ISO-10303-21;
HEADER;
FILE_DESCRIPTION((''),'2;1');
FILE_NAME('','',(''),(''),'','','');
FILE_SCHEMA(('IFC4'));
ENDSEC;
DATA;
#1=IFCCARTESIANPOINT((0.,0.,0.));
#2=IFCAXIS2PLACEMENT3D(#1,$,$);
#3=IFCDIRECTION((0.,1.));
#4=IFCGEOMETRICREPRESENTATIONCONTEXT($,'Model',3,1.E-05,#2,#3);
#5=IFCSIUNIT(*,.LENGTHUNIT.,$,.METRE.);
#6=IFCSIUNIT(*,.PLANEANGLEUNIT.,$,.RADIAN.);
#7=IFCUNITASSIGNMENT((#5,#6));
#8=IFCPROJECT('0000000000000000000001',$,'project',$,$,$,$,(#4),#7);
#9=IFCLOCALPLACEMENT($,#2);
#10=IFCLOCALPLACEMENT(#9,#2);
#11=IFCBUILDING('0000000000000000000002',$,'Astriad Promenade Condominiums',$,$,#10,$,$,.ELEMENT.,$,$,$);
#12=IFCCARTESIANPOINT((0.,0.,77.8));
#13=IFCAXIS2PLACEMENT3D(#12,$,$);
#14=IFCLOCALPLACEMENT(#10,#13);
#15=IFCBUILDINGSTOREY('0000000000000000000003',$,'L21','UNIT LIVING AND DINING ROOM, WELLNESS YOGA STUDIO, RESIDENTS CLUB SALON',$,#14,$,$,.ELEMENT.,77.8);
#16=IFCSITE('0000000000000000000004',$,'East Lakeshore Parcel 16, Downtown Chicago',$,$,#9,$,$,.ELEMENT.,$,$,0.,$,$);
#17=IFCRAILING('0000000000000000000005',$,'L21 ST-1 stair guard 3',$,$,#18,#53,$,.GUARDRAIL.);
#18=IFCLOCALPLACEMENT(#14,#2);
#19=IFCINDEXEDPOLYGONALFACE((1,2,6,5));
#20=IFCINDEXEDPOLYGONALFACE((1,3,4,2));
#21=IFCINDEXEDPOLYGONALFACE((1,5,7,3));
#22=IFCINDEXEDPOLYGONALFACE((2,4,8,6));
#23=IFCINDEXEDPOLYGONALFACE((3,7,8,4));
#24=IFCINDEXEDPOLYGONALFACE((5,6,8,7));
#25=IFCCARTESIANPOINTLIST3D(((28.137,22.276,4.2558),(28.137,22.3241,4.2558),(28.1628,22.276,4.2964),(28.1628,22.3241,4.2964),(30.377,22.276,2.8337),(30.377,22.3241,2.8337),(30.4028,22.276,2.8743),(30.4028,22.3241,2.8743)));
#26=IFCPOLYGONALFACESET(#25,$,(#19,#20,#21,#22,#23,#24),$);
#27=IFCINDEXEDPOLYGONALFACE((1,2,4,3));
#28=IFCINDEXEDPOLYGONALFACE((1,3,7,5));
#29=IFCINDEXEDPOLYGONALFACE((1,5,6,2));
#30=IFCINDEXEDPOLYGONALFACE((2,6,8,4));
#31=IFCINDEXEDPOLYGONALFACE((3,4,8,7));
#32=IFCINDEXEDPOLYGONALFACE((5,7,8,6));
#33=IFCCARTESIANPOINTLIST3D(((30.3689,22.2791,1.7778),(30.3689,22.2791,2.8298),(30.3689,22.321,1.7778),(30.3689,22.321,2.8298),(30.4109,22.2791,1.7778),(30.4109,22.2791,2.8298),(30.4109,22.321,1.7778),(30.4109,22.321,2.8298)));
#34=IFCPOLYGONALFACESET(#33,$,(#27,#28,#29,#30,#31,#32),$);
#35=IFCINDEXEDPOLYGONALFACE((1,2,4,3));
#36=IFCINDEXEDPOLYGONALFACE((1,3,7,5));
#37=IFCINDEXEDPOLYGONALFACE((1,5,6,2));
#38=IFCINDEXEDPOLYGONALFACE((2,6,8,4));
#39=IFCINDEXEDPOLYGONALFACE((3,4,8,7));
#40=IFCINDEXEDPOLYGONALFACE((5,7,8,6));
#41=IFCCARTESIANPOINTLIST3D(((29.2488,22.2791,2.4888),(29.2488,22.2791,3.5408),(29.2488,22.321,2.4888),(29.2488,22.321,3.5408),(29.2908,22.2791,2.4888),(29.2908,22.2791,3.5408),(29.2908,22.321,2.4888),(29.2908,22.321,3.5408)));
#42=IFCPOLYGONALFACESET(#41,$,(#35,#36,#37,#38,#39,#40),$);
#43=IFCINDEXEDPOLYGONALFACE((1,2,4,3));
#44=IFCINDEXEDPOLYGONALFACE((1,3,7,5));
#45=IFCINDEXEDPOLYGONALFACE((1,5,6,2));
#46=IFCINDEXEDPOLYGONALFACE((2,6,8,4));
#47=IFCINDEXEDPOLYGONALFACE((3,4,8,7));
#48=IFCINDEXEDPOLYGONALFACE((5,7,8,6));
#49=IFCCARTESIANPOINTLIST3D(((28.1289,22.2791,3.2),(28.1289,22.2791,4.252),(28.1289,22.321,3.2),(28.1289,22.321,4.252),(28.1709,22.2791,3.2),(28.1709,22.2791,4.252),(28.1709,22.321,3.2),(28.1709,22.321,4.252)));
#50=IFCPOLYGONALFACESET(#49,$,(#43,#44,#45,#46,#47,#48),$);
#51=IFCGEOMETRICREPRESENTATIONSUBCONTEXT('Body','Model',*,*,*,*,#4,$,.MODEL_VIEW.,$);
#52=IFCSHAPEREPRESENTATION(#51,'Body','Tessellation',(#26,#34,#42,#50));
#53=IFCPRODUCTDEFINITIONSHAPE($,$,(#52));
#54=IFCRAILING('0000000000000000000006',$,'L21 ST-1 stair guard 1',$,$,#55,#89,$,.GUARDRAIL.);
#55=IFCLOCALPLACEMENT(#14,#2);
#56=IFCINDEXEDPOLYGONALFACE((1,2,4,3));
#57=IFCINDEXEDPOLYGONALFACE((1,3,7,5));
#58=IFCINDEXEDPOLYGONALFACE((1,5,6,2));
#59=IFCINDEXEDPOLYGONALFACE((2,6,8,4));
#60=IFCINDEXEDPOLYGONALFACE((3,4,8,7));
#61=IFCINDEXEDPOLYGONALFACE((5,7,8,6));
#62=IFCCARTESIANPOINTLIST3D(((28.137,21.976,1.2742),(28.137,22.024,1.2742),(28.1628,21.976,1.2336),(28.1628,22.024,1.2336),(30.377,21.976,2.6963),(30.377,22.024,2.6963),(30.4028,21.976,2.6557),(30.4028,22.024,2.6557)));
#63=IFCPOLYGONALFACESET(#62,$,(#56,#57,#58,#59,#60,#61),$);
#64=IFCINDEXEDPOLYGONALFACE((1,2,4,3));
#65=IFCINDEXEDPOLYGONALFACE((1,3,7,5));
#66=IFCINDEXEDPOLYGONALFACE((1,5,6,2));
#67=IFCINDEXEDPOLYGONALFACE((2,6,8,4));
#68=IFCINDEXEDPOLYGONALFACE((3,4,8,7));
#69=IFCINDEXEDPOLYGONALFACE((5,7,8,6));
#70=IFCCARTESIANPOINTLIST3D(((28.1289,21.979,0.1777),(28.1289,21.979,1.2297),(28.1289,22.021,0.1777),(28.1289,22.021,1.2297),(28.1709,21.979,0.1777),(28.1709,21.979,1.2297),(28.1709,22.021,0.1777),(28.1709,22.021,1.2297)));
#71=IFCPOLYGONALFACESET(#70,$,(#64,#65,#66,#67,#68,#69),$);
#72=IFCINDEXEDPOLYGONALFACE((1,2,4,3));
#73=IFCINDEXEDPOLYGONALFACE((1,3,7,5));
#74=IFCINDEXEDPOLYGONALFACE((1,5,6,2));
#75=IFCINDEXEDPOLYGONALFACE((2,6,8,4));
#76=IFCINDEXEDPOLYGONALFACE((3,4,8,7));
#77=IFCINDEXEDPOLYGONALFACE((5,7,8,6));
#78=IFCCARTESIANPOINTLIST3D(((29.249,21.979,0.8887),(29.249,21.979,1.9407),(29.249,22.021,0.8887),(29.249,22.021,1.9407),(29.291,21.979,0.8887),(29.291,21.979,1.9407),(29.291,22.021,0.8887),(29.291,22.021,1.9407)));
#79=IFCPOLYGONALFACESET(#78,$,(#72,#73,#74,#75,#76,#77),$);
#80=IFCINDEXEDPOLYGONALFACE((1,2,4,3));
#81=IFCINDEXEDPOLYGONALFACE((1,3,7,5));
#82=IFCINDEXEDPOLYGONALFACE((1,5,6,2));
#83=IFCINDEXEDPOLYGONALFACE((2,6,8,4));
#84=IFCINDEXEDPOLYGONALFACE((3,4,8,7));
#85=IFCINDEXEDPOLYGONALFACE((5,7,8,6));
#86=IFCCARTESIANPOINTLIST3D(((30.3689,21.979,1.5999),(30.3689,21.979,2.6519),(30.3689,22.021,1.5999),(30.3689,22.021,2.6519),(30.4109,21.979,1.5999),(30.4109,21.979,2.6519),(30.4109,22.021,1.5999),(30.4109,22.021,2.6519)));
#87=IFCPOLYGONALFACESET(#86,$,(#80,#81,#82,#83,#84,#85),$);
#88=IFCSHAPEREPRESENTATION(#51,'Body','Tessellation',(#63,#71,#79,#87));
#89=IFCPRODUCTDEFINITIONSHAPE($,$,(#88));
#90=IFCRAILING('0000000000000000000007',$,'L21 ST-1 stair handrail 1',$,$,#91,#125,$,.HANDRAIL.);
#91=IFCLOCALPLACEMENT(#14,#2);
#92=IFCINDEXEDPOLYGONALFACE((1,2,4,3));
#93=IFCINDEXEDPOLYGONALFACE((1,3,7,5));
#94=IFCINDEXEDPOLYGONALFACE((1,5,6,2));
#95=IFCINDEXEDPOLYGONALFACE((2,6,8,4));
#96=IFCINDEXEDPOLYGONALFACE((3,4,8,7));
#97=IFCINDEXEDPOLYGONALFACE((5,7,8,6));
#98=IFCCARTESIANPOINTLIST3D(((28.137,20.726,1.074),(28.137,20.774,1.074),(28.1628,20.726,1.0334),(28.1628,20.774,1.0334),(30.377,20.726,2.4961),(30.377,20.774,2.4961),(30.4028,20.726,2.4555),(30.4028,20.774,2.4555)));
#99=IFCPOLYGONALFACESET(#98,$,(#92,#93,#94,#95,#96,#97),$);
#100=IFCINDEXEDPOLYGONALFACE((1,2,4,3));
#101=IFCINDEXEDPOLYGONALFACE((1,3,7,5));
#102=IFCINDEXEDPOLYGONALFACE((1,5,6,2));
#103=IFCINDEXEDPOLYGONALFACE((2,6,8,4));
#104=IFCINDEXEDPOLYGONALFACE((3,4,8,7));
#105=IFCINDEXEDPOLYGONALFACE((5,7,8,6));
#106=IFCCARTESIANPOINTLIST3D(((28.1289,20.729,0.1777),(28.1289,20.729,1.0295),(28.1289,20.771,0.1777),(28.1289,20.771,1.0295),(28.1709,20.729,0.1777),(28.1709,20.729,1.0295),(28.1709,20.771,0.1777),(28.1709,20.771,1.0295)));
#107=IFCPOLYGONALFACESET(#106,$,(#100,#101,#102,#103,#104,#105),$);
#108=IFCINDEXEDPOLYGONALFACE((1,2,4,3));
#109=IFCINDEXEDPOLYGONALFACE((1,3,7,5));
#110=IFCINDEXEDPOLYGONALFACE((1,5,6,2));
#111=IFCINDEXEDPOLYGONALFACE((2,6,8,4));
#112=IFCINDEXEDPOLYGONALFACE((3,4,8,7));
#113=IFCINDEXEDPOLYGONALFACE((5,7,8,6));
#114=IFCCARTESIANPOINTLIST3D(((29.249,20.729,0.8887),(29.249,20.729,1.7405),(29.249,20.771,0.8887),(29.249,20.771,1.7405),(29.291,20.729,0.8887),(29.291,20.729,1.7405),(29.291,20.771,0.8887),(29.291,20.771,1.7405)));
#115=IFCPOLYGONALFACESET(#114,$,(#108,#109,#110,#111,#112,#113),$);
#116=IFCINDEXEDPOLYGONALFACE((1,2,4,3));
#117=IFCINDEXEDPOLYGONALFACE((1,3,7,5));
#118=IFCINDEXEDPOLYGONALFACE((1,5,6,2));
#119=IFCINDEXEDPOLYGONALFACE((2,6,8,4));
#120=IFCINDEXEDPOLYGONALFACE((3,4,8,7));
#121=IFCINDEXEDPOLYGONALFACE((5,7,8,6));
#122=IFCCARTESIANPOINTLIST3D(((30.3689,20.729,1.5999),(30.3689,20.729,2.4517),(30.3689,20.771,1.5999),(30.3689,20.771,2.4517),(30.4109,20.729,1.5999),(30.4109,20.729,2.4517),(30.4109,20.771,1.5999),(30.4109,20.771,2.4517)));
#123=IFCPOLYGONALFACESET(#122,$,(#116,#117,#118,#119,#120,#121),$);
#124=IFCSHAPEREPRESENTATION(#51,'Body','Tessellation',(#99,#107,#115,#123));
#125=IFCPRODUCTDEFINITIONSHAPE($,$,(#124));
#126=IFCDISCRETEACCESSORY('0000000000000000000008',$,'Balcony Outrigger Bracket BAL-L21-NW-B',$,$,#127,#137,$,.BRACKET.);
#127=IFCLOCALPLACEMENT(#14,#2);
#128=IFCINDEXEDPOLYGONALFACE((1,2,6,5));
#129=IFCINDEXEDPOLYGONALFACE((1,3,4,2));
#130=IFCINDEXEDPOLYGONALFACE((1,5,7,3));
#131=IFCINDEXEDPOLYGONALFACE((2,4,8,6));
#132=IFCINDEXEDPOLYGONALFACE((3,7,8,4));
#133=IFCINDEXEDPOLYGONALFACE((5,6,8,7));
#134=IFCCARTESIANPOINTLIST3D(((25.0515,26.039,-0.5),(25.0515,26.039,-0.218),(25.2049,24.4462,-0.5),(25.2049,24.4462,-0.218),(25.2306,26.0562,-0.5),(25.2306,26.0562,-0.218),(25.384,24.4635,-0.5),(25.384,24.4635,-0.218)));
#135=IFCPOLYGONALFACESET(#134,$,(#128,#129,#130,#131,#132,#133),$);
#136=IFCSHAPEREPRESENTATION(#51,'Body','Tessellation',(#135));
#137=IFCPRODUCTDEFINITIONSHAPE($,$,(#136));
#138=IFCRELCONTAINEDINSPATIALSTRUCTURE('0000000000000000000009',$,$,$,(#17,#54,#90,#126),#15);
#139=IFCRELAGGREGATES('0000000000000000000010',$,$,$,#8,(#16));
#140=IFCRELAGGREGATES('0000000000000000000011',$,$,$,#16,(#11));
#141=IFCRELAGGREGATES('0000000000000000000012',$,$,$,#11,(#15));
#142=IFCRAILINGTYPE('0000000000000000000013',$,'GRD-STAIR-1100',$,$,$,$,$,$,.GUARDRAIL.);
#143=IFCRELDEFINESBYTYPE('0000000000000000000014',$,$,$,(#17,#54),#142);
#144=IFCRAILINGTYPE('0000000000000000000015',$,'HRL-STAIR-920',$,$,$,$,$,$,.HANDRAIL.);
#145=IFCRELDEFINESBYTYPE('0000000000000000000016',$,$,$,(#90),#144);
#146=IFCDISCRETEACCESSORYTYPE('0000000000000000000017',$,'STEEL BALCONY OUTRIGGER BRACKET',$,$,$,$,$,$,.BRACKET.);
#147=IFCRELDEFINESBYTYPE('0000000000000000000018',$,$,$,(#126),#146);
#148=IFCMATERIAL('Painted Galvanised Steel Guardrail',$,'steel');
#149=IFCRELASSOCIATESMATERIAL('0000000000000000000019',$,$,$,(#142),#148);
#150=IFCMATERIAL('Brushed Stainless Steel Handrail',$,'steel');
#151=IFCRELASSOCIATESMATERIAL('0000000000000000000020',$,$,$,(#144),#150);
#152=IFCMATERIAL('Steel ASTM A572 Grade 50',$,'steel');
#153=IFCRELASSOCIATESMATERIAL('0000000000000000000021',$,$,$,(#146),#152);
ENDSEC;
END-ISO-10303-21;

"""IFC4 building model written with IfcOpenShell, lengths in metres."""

from ifc_helpers import new_model, si_unit, direction, frame, origin, origin_2d, place, context, subcontext, project, spatial, rectangle, extrude, source, transform, mapped, material, type_object, type_shapes, element, save


model = new_model("IFC4")

# Units and contexts
model_context = context("Model", 3, precision=1e-05, world=origin(), true_north=direction((0.0, 1.0)))
body_context = subcontext(model_context, "Body", "Model", "MODEL_VIEW")
ifc_project = project(units=[si_unit("LENGTHUNIT", "METRE"), si_unit("PLANEANGLEUNIT", "RADIAN")], contexts=[model_context])

# Site, building, storey
site_placement = place(None, origin())
site = spatial("IfcSite", under=ifc_project, at=site_placement, Name="East Lakeshore Parcel 16, Downtown Chicago", CompositionType="ELEMENT", RefElevation=0.0)
building_placement = place(site_placement, origin())
building = spatial("IfcBuilding", under=site, at=building_placement, Name="Astriad Promenade Condominiums", CompositionType="ELEMENT")
storey_placement = place(building_placement, frame((0.0, 0.0, 77.8)))
storey = spatial("IfcBuildingStorey", under=building, at=storey_placement, Name="L21", Description="UNIT LIVING AND DINING ROOM, WELLNESS YOGA STUDIO, RESIDENTS CLUB SALON", CompositionType="ELEMENT", Elevation=77.8)

# Railings
ifc_material_1 = material(Name="Painted Galvanised Steel Guardrail", Category="steel")
railing_type_1 = type_object("IfcRailingType", Name="GRD-STAIR-1100", PredefinedType="GUARDRAIL", material=ifc_material_1)
shared_shape_1 = source(origin(), body_context, "Body", "SweptSolid", [
    extrude(rectangle(XDim=0.0481, YDim=0.0481, at=origin_2d()), frame((0.0, 0.0, 1.0762), z_axis=(-0.844229, 0.0, 0.535982), x_axis=(0.0, -1.0, 0.0)), (0.0, 0.0, 1.0), 2.6533),
    extrude(rectangle(XDim=0.042, YDim=0.042, at=origin_2d()), origin(), (0.0, 0.0, 1.0), 1.052),
    extrude(rectangle(XDim=0.042, YDim=0.042, at=origin_2d()), frame((-1.1201, 0.0, 0.7109)), (0.0, 0.0, 1.0), 1.052),
    extrude(rectangle(XDim=0.042, YDim=0.042, at=origin_2d()), frame((-2.24, 0.0, 1.4221)), (0.0, 0.0, 1.0), 1.052),
])
railing_1_placement = place(storey_placement, frame((30.3899, 22.3, 1.7778)))
element("IfcRailing", 1, at=railing_1_placement, inside=storey, type_object=railing_type_1, Name="L21 ST-1 stair guard 3", PredefinedType="GUARDRAIL", context=body_context, shape_type="MappedRepresentation", body=[
    mapped(shared_shape_1, transform((0.0, 0.0, 0.0), scale=1.0)),
])
shared_shape_2 = source(origin(), body_context, "Body", "SweptSolid", [
    extrude(rectangle(XDim=0.0481, YDim=0.0481, at=origin_2d()), frame((0.0, 0.0, 1.0762), z_axis=(0.844229, 0.0, 0.535982), x_axis=(0.0, 1.0, 0.0)), (0.0, 0.0, 1.0), 2.6533),
    extrude(rectangle(XDim=0.042, YDim=0.042, at=origin_2d()), origin(), (0.0, 0.0, 1.0), 1.052),
    extrude(rectangle(XDim=0.042, YDim=0.042, at=origin_2d()), frame((1.1201, 0.0, 0.7109)), (0.0, 0.0, 1.0), 1.052),
    extrude(rectangle(XDim=0.042, YDim=0.042, at=origin_2d()), frame((2.24, 0.0, 1.4221)), (0.0, 0.0, 1.0), 1.052),
])
railing_2_placement = place(storey_placement, frame((28.1499, 22.0, 0.1777)))
element("IfcRailing", 2, at=railing_2_placement, inside=storey, type_object=railing_type_1, Name="L21 ST-1 stair guard 1", PredefinedType="GUARDRAIL", context=body_context, shape_type="MappedRepresentation", body=[
    mapped(shared_shape_2, transform((0.0, 0.0, 0.0), scale=1.0)),
])
ifc_material_2 = material(Name="Brushed Stainless Steel Handrail", Category="steel")
railing_type_2 = type_object("IfcRailingType", Name="HRL-STAIR-920", PredefinedType="HANDRAIL", material=ifc_material_2)
shared_shape_3 = source(origin(), body_context, "Body", "SweptSolid", [
    extrude(rectangle(XDim=0.0481, YDim=0.0481, at=origin_2d()), frame((0.0, 0.0, 0.876), z_axis=(0.844229, 0.0, 0.535982), x_axis=(0.0, 1.0, 0.0)), (0.0, 0.0, 1.0), 2.6533),
    extrude(rectangle(XDim=0.042, YDim=0.042, at=origin_2d()), origin(), (0.0, 0.0, 1.0), 0.8518),
    extrude(rectangle(XDim=0.042, YDim=0.042, at=origin_2d()), frame((1.1201, 0.0, 0.7109)), (0.0, 0.0, 1.0), 0.8518),
    extrude(rectangle(XDim=0.042, YDim=0.042, at=origin_2d()), frame((2.24, 0.0, 1.4221)), (0.0, 0.0, 1.0), 0.8518),
])
type_shapes(railing_type_2, [shared_shape_3])
railing_3_placement = place(storey_placement, frame((28.1499, 20.75, 0.1777)))
element("IfcRailing", 3, at=railing_3_placement, inside=storey, type_object=railing_type_2, Name="L21 ST-1 stair handrail 1", PredefinedType="HANDRAIL", context=body_context, shape_type="MappedRepresentation", body=[
    mapped(shared_shape_3, transform((0.0, 0.0, 0.0), scale=1.0)),
])

# Discrete accessory
ifc_material_3 = material(Name="Steel ASTM A572 Grade 50", Category="steel")
discrete_accessory_type = type_object("IfcDiscreteAccessoryType", Name="STEEL BALCONY OUTRIGGER BRACKET", PredefinedType="BRACKET", material=ifc_material_3)
shared_shape_4 = source(origin(), body_context, "Body", "SweptSolid", [
    extrude(rectangle(XDim=1.6001, YDim=0.1799, at=origin_2d()), origin(), (0.0, 0.0, 1.0), 0.282),
])
type_shapes(discrete_accessory_type, [shared_shape_4])
discrete_accessory_placement = place(storey_placement, frame((25.2178, 25.2512, -0.5), z_axis=(0.0, 0.0, 1.0), x_axis=(-0.095846, 0.995396, 0.0)))
element("IfcDiscreteAccessory", 4, at=discrete_accessory_placement, inside=storey, type_object=discrete_accessory_type, Name="Balcony Outrigger Bracket BAL-L21-NW-B", PredefinedType="BRACKET", context=body_context, shape_type="MappedRepresentation", body=[
    mapped(shared_shape_4, transform((0.0, 0.0, 0.0), scale=1.0)),
])

save(model, "model.ifc")
